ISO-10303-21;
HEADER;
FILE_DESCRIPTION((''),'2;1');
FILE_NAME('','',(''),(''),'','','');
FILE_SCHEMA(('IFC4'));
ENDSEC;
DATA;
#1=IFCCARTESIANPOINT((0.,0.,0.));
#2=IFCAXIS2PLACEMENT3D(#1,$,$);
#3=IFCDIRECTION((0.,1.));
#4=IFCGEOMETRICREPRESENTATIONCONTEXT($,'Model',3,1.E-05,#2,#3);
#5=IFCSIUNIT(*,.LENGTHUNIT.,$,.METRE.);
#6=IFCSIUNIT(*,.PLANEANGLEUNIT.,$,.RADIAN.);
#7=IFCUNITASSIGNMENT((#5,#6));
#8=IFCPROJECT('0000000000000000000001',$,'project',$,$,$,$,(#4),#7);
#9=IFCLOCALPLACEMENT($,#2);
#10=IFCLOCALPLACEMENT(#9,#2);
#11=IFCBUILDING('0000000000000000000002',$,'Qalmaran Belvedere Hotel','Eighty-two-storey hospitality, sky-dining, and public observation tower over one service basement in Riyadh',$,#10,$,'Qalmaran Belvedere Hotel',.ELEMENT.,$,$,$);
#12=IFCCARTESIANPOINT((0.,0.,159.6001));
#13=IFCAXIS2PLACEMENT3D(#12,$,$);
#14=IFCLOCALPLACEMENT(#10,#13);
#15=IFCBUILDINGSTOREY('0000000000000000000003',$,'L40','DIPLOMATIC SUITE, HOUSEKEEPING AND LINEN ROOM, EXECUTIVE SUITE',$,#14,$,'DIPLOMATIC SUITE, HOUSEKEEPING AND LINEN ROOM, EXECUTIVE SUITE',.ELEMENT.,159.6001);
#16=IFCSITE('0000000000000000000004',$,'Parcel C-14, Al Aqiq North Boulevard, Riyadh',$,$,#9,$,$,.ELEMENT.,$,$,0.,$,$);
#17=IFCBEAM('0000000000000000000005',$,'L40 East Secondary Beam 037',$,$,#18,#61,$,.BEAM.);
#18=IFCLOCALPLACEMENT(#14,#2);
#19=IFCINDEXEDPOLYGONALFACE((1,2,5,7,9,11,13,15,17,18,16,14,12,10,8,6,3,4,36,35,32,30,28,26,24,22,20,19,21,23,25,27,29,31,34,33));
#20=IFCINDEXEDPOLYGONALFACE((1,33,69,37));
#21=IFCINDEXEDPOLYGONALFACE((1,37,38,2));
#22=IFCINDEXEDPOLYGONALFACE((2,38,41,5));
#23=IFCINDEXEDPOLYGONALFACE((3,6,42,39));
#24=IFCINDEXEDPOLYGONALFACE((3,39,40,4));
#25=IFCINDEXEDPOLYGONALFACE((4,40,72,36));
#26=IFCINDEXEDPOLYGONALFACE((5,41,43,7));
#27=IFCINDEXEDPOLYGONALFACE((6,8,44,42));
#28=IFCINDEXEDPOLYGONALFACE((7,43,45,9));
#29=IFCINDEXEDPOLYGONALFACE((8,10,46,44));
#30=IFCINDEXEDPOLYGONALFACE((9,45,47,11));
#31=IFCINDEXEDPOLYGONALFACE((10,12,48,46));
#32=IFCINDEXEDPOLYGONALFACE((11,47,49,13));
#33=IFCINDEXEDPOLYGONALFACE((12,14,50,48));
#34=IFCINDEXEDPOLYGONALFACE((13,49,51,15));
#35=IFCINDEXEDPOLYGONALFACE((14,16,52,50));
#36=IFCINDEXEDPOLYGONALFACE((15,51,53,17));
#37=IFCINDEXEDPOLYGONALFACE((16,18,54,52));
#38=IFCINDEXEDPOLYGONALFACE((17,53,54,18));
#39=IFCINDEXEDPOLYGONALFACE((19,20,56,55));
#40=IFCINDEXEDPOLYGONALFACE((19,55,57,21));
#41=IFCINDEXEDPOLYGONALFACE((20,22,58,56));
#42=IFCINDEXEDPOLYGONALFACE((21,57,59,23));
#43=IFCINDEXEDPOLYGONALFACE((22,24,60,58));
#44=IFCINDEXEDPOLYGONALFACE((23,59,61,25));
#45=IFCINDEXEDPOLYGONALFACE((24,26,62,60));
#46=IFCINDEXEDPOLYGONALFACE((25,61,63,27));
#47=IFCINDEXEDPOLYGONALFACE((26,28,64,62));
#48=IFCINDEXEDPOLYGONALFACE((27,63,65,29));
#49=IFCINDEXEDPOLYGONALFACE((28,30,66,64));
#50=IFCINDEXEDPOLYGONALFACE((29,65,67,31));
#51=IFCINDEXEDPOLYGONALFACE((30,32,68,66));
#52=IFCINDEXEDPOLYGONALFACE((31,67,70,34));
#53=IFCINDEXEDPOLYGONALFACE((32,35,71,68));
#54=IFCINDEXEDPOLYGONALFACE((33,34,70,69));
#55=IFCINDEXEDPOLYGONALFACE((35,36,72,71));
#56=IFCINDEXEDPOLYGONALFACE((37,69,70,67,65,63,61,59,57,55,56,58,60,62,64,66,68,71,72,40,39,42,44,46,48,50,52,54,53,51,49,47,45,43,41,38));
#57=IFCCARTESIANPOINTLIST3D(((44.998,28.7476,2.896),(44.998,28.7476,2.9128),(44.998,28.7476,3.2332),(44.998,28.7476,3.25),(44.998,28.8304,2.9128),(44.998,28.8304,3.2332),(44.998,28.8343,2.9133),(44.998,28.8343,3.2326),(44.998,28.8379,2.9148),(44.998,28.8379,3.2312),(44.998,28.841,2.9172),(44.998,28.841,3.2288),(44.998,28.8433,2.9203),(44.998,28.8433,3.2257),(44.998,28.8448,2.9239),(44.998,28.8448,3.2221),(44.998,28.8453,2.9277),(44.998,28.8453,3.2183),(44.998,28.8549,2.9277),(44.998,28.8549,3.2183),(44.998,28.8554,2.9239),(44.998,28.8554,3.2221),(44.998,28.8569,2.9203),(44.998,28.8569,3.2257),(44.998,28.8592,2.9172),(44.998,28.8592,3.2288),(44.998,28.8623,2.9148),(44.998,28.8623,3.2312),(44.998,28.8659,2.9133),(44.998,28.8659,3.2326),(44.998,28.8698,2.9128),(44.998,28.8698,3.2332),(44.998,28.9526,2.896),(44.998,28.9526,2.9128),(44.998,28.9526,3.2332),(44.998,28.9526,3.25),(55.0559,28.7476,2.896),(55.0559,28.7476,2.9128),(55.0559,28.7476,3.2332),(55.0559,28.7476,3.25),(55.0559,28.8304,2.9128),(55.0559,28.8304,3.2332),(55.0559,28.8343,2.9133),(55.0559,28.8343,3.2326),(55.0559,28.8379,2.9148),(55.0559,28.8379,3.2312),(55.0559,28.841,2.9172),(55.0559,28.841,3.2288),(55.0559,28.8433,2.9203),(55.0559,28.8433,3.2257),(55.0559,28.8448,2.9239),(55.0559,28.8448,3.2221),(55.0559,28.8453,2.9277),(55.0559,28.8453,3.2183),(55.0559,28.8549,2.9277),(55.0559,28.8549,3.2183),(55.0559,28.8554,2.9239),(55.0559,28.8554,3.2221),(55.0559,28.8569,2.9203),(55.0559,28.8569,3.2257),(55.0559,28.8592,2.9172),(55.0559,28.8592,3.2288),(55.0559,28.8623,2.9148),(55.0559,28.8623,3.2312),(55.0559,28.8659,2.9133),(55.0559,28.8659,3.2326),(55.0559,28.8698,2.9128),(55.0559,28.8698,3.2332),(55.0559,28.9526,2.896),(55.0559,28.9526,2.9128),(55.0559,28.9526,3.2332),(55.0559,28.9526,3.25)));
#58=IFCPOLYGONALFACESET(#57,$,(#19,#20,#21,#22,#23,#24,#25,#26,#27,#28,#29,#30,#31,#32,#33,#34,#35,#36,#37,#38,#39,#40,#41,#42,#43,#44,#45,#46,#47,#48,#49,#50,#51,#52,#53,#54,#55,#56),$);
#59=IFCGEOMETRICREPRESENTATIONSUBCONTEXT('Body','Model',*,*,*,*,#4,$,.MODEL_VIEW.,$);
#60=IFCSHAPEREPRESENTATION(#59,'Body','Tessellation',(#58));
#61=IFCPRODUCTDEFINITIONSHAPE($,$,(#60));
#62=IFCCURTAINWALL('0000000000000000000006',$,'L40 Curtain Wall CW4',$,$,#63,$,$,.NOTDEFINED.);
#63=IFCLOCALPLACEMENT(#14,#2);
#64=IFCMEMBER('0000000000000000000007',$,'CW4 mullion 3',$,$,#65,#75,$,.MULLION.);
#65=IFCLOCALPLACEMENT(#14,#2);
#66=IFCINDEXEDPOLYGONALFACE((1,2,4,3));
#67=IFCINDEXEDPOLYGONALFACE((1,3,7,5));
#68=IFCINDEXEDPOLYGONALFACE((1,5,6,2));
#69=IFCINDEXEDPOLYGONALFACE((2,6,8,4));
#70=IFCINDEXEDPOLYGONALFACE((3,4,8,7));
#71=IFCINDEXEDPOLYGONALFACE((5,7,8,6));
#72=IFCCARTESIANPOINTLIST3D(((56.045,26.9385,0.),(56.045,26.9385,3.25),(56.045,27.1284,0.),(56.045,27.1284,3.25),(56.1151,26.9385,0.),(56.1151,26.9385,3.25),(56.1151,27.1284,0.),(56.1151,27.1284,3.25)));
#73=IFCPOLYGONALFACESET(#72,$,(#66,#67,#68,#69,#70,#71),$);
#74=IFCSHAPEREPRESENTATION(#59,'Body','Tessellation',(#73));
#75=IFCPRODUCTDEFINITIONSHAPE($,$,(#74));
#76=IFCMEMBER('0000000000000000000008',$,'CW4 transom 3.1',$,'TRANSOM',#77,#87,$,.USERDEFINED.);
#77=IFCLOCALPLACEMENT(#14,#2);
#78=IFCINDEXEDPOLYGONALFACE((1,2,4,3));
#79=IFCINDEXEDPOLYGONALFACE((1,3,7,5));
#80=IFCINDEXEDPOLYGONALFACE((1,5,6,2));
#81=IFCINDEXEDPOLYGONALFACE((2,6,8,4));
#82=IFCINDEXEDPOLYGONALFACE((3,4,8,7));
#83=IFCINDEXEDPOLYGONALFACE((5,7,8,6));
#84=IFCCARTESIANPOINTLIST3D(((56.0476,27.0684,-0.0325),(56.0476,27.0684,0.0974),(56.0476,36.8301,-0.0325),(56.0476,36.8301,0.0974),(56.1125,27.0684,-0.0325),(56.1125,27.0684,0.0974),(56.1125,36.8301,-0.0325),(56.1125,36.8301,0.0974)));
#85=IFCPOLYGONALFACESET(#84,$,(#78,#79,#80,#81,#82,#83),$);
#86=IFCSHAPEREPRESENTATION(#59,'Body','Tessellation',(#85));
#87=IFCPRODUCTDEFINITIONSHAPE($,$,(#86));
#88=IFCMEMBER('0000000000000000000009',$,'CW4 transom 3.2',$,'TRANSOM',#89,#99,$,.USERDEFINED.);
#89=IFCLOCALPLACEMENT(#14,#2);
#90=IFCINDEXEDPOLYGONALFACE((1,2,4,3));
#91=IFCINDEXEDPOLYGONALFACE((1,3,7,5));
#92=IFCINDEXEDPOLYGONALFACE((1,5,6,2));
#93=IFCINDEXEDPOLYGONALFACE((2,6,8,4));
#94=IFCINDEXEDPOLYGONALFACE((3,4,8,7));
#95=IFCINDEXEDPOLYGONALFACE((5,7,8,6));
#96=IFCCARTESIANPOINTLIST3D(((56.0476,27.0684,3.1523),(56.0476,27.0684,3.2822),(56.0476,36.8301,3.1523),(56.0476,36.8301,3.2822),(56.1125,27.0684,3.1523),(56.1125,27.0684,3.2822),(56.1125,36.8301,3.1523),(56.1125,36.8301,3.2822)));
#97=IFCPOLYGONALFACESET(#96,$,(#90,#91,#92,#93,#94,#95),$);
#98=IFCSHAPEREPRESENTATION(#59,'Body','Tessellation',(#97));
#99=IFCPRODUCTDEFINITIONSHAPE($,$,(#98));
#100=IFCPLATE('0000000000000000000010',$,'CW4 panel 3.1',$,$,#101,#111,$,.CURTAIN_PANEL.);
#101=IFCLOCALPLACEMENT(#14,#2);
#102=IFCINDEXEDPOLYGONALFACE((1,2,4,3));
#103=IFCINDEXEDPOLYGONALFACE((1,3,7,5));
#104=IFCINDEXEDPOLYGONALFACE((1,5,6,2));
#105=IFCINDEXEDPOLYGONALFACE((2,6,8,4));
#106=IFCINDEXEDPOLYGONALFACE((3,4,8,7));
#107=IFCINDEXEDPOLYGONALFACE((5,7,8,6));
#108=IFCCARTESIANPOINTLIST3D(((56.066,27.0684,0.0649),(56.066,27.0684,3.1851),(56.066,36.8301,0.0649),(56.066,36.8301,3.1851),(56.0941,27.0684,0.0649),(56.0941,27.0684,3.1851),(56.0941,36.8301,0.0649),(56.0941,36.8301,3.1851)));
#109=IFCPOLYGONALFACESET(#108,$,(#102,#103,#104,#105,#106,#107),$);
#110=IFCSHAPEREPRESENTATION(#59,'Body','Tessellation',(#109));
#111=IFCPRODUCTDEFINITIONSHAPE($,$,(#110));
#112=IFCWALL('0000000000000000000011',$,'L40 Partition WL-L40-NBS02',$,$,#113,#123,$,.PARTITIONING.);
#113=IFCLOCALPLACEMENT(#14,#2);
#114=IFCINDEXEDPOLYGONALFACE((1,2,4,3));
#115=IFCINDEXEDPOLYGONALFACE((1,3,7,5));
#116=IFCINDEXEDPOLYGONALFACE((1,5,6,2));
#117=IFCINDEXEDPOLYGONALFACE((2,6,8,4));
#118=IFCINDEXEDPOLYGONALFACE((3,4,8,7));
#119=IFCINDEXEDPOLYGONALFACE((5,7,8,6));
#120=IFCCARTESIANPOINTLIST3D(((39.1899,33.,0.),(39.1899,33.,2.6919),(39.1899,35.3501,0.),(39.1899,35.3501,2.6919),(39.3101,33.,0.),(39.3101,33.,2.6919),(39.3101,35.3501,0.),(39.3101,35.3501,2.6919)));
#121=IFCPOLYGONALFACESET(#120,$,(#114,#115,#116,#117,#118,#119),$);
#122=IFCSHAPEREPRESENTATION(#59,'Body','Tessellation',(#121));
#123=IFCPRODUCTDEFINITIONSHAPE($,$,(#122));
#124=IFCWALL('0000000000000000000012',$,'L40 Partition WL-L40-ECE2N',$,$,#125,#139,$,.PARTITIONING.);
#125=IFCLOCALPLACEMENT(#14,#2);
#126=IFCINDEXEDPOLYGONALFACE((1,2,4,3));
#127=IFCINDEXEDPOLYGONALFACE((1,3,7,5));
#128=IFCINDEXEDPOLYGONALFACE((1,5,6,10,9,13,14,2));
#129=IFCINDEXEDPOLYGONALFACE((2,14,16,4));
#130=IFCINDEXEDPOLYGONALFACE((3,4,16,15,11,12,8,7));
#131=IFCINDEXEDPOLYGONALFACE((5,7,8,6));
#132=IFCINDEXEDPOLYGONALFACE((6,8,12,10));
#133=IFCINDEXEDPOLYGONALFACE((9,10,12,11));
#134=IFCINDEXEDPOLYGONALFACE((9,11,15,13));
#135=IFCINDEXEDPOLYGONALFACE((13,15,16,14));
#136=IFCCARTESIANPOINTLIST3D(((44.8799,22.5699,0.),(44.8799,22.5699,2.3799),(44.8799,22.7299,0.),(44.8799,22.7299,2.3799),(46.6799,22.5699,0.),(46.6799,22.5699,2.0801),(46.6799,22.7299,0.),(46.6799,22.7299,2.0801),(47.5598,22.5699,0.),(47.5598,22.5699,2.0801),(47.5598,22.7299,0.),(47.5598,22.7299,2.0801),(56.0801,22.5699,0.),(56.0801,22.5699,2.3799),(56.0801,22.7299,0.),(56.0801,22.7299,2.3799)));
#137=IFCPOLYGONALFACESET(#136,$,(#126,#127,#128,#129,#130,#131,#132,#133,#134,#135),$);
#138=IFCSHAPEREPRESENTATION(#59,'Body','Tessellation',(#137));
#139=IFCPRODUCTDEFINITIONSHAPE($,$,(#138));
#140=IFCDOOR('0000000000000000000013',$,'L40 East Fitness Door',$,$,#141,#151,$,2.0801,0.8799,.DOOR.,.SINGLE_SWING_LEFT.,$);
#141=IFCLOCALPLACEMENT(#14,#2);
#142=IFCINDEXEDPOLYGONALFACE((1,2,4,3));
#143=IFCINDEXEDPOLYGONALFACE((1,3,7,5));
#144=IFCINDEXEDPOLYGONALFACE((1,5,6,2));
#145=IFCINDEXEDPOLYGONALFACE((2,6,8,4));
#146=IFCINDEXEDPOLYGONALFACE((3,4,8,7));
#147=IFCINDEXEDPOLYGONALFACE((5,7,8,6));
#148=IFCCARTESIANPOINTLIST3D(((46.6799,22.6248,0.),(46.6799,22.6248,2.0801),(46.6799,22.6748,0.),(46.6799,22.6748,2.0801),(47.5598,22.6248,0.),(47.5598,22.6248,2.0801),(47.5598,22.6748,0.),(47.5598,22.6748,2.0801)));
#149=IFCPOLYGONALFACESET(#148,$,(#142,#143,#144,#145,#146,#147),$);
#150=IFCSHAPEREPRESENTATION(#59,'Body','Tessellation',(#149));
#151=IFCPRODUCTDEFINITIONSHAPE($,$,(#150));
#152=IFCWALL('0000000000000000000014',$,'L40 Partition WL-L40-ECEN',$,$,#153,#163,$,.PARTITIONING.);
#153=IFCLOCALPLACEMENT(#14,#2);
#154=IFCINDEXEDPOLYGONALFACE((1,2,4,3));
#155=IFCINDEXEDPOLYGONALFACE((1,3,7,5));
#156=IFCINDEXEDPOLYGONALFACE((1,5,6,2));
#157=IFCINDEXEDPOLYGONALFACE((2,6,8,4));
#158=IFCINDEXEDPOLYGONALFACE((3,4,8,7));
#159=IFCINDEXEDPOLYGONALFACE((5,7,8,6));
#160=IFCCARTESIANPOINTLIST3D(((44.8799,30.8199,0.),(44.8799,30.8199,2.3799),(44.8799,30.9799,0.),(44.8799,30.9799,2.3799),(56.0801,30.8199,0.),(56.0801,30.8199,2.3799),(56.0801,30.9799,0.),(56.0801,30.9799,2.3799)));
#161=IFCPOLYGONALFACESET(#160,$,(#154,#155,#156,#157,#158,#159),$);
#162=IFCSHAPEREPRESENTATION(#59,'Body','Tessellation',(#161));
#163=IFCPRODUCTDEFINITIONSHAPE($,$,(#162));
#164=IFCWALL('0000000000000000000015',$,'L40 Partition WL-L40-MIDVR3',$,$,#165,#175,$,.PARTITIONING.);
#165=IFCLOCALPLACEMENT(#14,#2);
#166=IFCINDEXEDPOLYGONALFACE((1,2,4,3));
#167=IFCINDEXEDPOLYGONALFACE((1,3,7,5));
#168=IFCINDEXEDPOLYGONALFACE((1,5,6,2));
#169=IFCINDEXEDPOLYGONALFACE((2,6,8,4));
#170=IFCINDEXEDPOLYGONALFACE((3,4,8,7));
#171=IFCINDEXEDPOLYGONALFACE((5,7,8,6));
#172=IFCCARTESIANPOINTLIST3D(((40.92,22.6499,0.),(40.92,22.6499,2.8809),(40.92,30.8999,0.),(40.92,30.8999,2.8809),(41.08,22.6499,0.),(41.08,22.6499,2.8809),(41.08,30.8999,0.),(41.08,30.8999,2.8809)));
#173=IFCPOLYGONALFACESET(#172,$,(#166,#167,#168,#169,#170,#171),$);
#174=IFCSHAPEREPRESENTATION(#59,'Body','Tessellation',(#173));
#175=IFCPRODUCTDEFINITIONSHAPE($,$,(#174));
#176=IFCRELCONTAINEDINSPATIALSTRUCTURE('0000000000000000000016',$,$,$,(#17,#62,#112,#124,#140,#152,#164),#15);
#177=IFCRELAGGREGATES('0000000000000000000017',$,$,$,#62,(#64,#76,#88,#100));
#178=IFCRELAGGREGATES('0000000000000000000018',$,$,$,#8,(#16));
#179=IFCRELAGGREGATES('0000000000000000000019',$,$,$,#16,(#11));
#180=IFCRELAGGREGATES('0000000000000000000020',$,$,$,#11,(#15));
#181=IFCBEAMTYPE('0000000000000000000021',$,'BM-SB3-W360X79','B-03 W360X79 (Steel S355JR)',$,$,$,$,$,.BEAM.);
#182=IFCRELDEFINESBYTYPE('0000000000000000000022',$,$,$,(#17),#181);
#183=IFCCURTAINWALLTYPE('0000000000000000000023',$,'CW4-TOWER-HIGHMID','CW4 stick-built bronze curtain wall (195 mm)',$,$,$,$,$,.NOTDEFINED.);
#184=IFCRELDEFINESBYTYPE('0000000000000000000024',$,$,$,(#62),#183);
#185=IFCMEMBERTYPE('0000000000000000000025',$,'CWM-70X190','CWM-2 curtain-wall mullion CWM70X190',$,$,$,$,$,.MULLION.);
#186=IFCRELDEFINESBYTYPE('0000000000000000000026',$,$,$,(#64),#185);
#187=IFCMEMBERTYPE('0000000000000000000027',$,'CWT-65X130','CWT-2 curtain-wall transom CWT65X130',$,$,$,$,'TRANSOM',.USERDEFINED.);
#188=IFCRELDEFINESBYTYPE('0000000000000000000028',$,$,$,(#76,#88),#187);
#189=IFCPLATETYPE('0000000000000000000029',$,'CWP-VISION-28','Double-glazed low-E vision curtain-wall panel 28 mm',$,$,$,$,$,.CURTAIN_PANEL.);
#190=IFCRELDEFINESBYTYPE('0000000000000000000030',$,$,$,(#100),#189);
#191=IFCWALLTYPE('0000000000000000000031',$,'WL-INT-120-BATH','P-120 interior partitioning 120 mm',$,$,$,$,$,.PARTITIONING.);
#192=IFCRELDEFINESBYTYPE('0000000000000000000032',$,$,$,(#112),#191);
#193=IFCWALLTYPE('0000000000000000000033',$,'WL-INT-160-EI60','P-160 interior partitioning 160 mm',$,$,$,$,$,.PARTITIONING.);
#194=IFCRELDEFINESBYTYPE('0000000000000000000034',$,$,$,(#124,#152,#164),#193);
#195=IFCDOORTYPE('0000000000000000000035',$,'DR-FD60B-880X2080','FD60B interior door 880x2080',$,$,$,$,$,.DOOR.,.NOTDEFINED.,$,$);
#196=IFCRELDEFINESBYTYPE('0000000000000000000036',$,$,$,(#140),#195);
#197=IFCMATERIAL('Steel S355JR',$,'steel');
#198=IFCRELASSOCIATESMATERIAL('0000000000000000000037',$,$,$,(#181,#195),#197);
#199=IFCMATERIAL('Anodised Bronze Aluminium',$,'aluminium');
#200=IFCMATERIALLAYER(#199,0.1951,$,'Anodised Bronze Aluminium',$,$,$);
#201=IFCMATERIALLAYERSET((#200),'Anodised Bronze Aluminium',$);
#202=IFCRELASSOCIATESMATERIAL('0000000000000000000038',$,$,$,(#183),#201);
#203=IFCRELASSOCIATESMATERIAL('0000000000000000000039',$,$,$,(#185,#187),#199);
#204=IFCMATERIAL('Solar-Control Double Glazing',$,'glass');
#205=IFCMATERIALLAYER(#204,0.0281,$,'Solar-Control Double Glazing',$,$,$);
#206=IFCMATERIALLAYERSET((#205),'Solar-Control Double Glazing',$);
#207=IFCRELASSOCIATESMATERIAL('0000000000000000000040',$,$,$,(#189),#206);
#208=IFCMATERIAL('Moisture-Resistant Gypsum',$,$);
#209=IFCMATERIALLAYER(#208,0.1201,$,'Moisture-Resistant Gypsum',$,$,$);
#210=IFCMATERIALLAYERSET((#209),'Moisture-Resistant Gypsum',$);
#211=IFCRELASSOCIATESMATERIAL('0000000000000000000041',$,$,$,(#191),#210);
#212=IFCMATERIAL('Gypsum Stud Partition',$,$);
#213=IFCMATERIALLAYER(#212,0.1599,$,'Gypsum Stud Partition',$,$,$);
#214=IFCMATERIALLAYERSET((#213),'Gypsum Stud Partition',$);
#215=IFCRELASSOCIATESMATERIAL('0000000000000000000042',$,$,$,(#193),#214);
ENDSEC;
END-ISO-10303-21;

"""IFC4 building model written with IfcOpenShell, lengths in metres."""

from ifc_helpers import new_model, si_unit, direction, frame, frame_2d, origin, origin_2d, place, context, subcontext, project, spatial, rectangle, i_section, extrude, material, layer, layer_set, material_profile, profile_set, type_object, element, fill, aggregate, save


model = new_model("IFC4")

# Units and contexts
model_context = context("Model", 3, precision=1e-05, world=origin(), true_north=direction((0.0, 1.0)))
body_context = subcontext(model_context, "Body", "Model", "MODEL_VIEW")
ifc_project = project(units=[si_unit("LENGTHUNIT", "METRE"), si_unit("PLANEANGLEUNIT", "RADIAN")], contexts=[model_context])

# Site, building, storey
site_placement = place(None, origin())
site = spatial("IfcSite", under=ifc_project, at=site_placement, Name="Parcel C-14, Al Aqiq North Boulevard, Riyadh", CompositionType="ELEMENT", RefElevation=0.0)
building_placement = place(site_placement, origin())
building = spatial("IfcBuilding", under=site, at=building_placement, Name="Qalmaran Belvedere Hotel", Description="Eighty-two-storey hospitality, sky-dining, and public observation tower over one service basement in Riyadh", LongName="Qalmaran Belvedere Hotel", CompositionType="ELEMENT")
storey_placement = place(building_placement, frame((0.0, 0.0, 159.6001)))
storey = spatial("IfcBuildingStorey", under=building, at=storey_placement, Name="L40", Description="DIPLOMATIC SUITE, HOUSEKEEPING AND LINEN ROOM, EXECUTIVE SUITE", LongName="DIPLOMATIC SUITE, HOUSEKEEPING AND LINEN ROOM, EXECUTIVE SUITE", CompositionType="ELEMENT", Elevation=159.6001)

# Beam
ifc_material_1 = material(Name="Steel S355JR", Category="steel")
ifc_material_profile_1 = material_profile(ifc_material_1, i_section(OverallWidth=0.2051, OverallDepth=0.354, WebThickness=0.0095, FlangeThickness=0.0168, FilletRadius=0.0149, at=origin_2d()), Name="W360X79")
ifc_profile_set_1 = profile_set([ifc_material_profile_1], Name="Steel S355JR")
beam_type_1 = type_object("IfcBeamType", Name="BM-SB3-W360X79", Description="B-03 W360X79 (Steel S355JR)", PredefinedType="BEAM", material=ifc_profile_set_1)
for number, where, z_axis, x_axis, name in (
    (1, (44.998, 28.8501, 3.073), (1.0, 0.0, 0.0), (0.0, 1.0, 0.0), "L40 East Secondary Beam 037"),
):
    element("IfcBeam", number, at=place(storey_placement, frame(where, z_axis=z_axis, x_axis=x_axis)), inside=storey, type_object=beam_type_1, Name=name, PredefinedType="BEAM", context=body_context, shape_type="SweptSolid", body=[
        extrude(i_section(OverallWidth=0.2051, OverallDepth=0.354, WebThickness=0.0095, FlangeThickness=0.0168, FilletRadius=0.0149, at=origin_2d()), origin(), (0.0, 0.0, 1.0), 10.0579),
    ])

# Curtain wall, members, plate
ifc_material_2 = material(Name="Anodised Bronze Aluminium", Category="aluminium")
ifc_layer_1 = layer(ifc_material_2, 0.1951, Name="Anodised Bronze Aluminium")
ifc_layer_set_1 = layer_set([ifc_layer_1], Name="Anodised Bronze Aluminium")
curtain_wall_type = type_object("IfcCurtainWallType", Name="CW4-TOWER-HIGHMID", Description="CW4 stick-built bronze curtain wall (195 mm)", PredefinedType="NOTDEFINED", material=ifc_layer_set_1)
curtain_wall_placement = place(storey_placement, origin())
curtain_wall = element("IfcCurtainWall", 2, at=curtain_wall_placement, inside=storey, type_object=curtain_wall_type, Name="L40 Curtain Wall CW4", PredefinedType="NOTDEFINED")
ifc_material_profile_2 = material_profile(ifc_material_2, rectangle(XDim=0.0701, YDim=0.1899, at=origin_2d()), Name="CWM70X190")
ifc_profile_set_2 = profile_set([ifc_material_profile_2], Name="Anodised Bronze Aluminium")
member_type_1 = type_object("IfcMemberType", Name="CWM-70X190", Description="CWM-2 curtain-wall mullion CWM70X190", PredefinedType="MULLION", material=ifc_profile_set_2)
member_1_placement = place(storey_placement, frame((56.0801, 27.0334, 0.0), z_axis=(0.0, 0.0, 1.0), x_axis=(-1.0, 0.0, 0.0)))
member_1 = element("IfcMember", 3, at=member_1_placement, type_object=member_type_1, Name="CW4 mullion 3", PredefinedType="MULLION", context=body_context, shape_type="SweptSolid", body=[
    extrude(rectangle(XDim=0.0701, YDim=0.1899, at=origin_2d()), origin(), (0.0, 0.0, 1.0), 3.25),
])
ifc_material_profile_3 = material_profile(ifc_material_2, rectangle(XDim=0.0649, YDim=0.1299, at=origin_2d()), Name="CWT65X130")
ifc_profile_set_3 = profile_set([ifc_material_profile_3], Name="Anodised Bronze Aluminium")
member_type_2 = type_object("IfcMemberType", Name="CWT-65X130", Description="CWT-2 curtain-wall transom CWT65X130", ElementType="TRANSOM", PredefinedType="USERDEFINED", material=ifc_profile_set_3)
member_2_placement = place(storey_placement, frame((56.0801, 27.0684, 0.0325), z_axis=(0.0, 1.0, 0.0), x_axis=(-1.0, 0.0, 0.0)))
member_2 = element("IfcMember", 4, at=member_2_placement, type_object=member_type_2, Name="CW4 transom 3.1", ObjectType="TRANSOM", PredefinedType="USERDEFINED", context=body_context, shape_type="SweptSolid", body=[
    extrude(rectangle(XDim=0.0649, YDim=0.1299, at=origin_2d()), origin(), (0.0, 0.0, 1.0), 9.7617),
])
member_3_placement = place(storey_placement, frame((56.0801, 27.0684, 3.2173), z_axis=(0.0, 1.0, 0.0), x_axis=(-1.0, 0.0, 0.0)))
member_3 = element("IfcMember", 5, at=member_3_placement, type_object=member_type_2, Name="CW4 transom 3.2", ObjectType="TRANSOM", PredefinedType="USERDEFINED", context=body_context, shape_type="SweptSolid", body=[
    extrude(rectangle(XDim=0.0649, YDim=0.1299, at=origin_2d()), origin(), (0.0, 0.0, 1.0), 9.7617),
])
ifc_material_3 = material(Name="Solar-Control Double Glazing", Category="glass")
ifc_layer_2 = layer(ifc_material_3, 0.0281, Name="Solar-Control Double Glazing")
ifc_layer_set_2 = layer_set([ifc_layer_2], Name="Solar-Control Double Glazing")
plate_type = type_object("IfcPlateType", Name="CWP-VISION-28", Description="Double-glazed low-E vision curtain-wall panel 28 mm", PredefinedType="CURTAIN_PANEL", material=ifc_layer_set_2)
plate_placement = place(storey_placement, frame((56.0801, 31.9492, 0.0649), z_axis=(0.0, 0.0, 1.0), x_axis=(0.0, 1.0, 0.0)))
plate = element("IfcPlate", 6, at=plate_placement, type_object=plate_type, Name="CW4 panel 3.1", PredefinedType="CURTAIN_PANEL", context=body_context, shape_type="SweptSolid", body=[
    extrude(rectangle(XDim=9.7617, YDim=0.0281, at=origin_2d()), origin(), (0.0, 0.0, 1.0), 3.1201),
])
aggregate(curtain_wall, [member_1, member_2, member_3, plate])

# Wall
ifc_material_4 = material(Name="Moisture-Resistant Gypsum")
ifc_layer_3 = layer(ifc_material_4, 0.1201, Name="Moisture-Resistant Gypsum")
ifc_layer_set_3 = layer_set([ifc_layer_3], Name="Moisture-Resistant Gypsum")
wall_type_1 = type_object("IfcWallType", Name="WL-INT-120-BATH", Description="P-120 interior partitioning 120 mm", PredefinedType="PARTITIONING", material=ifc_layer_set_3)
wall_1_placement = place(storey_placement, frame((39.25, 33.0, 0.0), z_axis=(0.0, 0.0, 1.0), x_axis=(0.0, 1.0, 0.0)))
element("IfcWall", 7, at=wall_1_placement, inside=storey, type_object=wall_type_1, Name="L40 Partition WL-L40-NBS02", PredefinedType="PARTITIONING", context=body_context, shape_type="SweptSolid", body=[
    extrude(rectangle(XDim=2.3501, YDim=0.1201, at=frame_2d((1.175, 0.0))), origin(), (0.0, 0.0, 1.0), 2.6919),
])

# Wall, opening, door
ifc_material_5 = material(Name="Gypsum Stud Partition")
ifc_layer_4 = layer(ifc_material_5, 0.1599, Name="Gypsum Stud Partition")
ifc_layer_set_4 = layer_set([ifc_layer_4], Name="Gypsum Stud Partition")
wall_type_2 = type_object("IfcWallType", Name="WL-INT-160-EI60", Description="P-160 interior partitioning 160 mm", PredefinedType="PARTITIONING", material=ifc_layer_set_4)
wall_2_placement = place(storey_placement, frame((44.8799, 22.6499, 0.0), z_axis=(0.0, 0.0, 1.0), x_axis=(1.0, 0.0, 0.0)))
wall_2 = element("IfcWall", 8, at=wall_2_placement, inside=storey, type_object=wall_type_2, Name="L40 Partition WL-L40-ECE2N", PredefinedType="PARTITIONING", context=body_context, shape_type="SweptSolid", body=[
    extrude(rectangle(XDim=11.2002, YDim=0.1599, at=frame_2d((5.6001, 0.0))), origin(), (0.0, 0.0, 1.0), 2.3799),
])
opening_1_placement = place(wall_2_placement, frame((1.8, 0.0, 0.0)))
opening_1 = element("IfcOpeningElement", 9, at=opening_1_placement, cuts=wall_2, PredefinedType="OPENING", context=body_context, shape_type="SweptSolid", body=[
    extrude(rectangle(XDim=0.8799, YDim=2.0801, at=frame_2d((0.4399, 1.04))), frame((0.0, 0.0898, 0.0), z_axis=(0.0, -1.0, 0.0), x_axis=(1.0, 0.0, 0.0)), (0.0, 0.0, 1.0), 0.1799),
])
door_type_1 = type_object("IfcDoorType", Name="DR-FD60B-880X2080", Description="FD60B interior door 880x2080", OperationType="NOTDEFINED", PredefinedType="DOOR", material=ifc_material_1)
door_1_placement = place(opening_1_placement, origin())
door_1 = element("IfcDoor", 10, at=door_1_placement, inside=storey, type_object=door_type_1, Name="L40 East Fitness Door", OperationType="SINGLE_SWING_LEFT", OverallHeight=2.0801, OverallWidth=0.8799, PredefinedType="DOOR", context=body_context, shape_type="SweptSolid", body=[
    extrude(rectangle(XDim=0.8799, YDim=2.0801, at=frame_2d((0.4399, 1.04))), frame((0.0, 0.0249, 0.0), z_axis=(0.0, -1.0, 0.0), x_axis=(1.0, 0.0, 0.0)), (0.0, 0.0, 1.0), 0.05),
])
fill(opening_1, door_1)

# Walls
wall_3_placement = place(storey_placement, frame((44.8799, 30.8999, 0.0), z_axis=(0.0, 0.0, 1.0), x_axis=(1.0, 0.0, 0.0)))
element("IfcWall", 11, at=wall_3_placement, inside=storey, type_object=wall_type_2, Name="L40 Partition WL-L40-ECEN", PredefinedType="PARTITIONING", context=body_context, shape_type="SweptSolid", body=[
    extrude(rectangle(XDim=11.2002, YDim=0.1599, at=frame_2d((5.6001, 0.0))), origin(), (0.0, 0.0, 1.0), 2.3799),
])
wall_4_placement = place(storey_placement, frame((41.0, 22.6499, 0.0), z_axis=(0.0, 0.0, 1.0), x_axis=(0.0, 1.0, 0.0)))
element("IfcWall", 12, at=wall_4_placement, inside=storey, type_object=wall_type_2, Name="L40 Partition WL-L40-MIDVR3", PredefinedType="PARTITIONING", context=body_context, shape_type="SweptSolid", body=[
    extrude(rectangle(XDim=8.25, YDim=0.1599, at=frame_2d((4.125, 0.0))), origin(), (0.0, 0.0, 1.0), 2.8809),
])

save(model, "model.ifc")
